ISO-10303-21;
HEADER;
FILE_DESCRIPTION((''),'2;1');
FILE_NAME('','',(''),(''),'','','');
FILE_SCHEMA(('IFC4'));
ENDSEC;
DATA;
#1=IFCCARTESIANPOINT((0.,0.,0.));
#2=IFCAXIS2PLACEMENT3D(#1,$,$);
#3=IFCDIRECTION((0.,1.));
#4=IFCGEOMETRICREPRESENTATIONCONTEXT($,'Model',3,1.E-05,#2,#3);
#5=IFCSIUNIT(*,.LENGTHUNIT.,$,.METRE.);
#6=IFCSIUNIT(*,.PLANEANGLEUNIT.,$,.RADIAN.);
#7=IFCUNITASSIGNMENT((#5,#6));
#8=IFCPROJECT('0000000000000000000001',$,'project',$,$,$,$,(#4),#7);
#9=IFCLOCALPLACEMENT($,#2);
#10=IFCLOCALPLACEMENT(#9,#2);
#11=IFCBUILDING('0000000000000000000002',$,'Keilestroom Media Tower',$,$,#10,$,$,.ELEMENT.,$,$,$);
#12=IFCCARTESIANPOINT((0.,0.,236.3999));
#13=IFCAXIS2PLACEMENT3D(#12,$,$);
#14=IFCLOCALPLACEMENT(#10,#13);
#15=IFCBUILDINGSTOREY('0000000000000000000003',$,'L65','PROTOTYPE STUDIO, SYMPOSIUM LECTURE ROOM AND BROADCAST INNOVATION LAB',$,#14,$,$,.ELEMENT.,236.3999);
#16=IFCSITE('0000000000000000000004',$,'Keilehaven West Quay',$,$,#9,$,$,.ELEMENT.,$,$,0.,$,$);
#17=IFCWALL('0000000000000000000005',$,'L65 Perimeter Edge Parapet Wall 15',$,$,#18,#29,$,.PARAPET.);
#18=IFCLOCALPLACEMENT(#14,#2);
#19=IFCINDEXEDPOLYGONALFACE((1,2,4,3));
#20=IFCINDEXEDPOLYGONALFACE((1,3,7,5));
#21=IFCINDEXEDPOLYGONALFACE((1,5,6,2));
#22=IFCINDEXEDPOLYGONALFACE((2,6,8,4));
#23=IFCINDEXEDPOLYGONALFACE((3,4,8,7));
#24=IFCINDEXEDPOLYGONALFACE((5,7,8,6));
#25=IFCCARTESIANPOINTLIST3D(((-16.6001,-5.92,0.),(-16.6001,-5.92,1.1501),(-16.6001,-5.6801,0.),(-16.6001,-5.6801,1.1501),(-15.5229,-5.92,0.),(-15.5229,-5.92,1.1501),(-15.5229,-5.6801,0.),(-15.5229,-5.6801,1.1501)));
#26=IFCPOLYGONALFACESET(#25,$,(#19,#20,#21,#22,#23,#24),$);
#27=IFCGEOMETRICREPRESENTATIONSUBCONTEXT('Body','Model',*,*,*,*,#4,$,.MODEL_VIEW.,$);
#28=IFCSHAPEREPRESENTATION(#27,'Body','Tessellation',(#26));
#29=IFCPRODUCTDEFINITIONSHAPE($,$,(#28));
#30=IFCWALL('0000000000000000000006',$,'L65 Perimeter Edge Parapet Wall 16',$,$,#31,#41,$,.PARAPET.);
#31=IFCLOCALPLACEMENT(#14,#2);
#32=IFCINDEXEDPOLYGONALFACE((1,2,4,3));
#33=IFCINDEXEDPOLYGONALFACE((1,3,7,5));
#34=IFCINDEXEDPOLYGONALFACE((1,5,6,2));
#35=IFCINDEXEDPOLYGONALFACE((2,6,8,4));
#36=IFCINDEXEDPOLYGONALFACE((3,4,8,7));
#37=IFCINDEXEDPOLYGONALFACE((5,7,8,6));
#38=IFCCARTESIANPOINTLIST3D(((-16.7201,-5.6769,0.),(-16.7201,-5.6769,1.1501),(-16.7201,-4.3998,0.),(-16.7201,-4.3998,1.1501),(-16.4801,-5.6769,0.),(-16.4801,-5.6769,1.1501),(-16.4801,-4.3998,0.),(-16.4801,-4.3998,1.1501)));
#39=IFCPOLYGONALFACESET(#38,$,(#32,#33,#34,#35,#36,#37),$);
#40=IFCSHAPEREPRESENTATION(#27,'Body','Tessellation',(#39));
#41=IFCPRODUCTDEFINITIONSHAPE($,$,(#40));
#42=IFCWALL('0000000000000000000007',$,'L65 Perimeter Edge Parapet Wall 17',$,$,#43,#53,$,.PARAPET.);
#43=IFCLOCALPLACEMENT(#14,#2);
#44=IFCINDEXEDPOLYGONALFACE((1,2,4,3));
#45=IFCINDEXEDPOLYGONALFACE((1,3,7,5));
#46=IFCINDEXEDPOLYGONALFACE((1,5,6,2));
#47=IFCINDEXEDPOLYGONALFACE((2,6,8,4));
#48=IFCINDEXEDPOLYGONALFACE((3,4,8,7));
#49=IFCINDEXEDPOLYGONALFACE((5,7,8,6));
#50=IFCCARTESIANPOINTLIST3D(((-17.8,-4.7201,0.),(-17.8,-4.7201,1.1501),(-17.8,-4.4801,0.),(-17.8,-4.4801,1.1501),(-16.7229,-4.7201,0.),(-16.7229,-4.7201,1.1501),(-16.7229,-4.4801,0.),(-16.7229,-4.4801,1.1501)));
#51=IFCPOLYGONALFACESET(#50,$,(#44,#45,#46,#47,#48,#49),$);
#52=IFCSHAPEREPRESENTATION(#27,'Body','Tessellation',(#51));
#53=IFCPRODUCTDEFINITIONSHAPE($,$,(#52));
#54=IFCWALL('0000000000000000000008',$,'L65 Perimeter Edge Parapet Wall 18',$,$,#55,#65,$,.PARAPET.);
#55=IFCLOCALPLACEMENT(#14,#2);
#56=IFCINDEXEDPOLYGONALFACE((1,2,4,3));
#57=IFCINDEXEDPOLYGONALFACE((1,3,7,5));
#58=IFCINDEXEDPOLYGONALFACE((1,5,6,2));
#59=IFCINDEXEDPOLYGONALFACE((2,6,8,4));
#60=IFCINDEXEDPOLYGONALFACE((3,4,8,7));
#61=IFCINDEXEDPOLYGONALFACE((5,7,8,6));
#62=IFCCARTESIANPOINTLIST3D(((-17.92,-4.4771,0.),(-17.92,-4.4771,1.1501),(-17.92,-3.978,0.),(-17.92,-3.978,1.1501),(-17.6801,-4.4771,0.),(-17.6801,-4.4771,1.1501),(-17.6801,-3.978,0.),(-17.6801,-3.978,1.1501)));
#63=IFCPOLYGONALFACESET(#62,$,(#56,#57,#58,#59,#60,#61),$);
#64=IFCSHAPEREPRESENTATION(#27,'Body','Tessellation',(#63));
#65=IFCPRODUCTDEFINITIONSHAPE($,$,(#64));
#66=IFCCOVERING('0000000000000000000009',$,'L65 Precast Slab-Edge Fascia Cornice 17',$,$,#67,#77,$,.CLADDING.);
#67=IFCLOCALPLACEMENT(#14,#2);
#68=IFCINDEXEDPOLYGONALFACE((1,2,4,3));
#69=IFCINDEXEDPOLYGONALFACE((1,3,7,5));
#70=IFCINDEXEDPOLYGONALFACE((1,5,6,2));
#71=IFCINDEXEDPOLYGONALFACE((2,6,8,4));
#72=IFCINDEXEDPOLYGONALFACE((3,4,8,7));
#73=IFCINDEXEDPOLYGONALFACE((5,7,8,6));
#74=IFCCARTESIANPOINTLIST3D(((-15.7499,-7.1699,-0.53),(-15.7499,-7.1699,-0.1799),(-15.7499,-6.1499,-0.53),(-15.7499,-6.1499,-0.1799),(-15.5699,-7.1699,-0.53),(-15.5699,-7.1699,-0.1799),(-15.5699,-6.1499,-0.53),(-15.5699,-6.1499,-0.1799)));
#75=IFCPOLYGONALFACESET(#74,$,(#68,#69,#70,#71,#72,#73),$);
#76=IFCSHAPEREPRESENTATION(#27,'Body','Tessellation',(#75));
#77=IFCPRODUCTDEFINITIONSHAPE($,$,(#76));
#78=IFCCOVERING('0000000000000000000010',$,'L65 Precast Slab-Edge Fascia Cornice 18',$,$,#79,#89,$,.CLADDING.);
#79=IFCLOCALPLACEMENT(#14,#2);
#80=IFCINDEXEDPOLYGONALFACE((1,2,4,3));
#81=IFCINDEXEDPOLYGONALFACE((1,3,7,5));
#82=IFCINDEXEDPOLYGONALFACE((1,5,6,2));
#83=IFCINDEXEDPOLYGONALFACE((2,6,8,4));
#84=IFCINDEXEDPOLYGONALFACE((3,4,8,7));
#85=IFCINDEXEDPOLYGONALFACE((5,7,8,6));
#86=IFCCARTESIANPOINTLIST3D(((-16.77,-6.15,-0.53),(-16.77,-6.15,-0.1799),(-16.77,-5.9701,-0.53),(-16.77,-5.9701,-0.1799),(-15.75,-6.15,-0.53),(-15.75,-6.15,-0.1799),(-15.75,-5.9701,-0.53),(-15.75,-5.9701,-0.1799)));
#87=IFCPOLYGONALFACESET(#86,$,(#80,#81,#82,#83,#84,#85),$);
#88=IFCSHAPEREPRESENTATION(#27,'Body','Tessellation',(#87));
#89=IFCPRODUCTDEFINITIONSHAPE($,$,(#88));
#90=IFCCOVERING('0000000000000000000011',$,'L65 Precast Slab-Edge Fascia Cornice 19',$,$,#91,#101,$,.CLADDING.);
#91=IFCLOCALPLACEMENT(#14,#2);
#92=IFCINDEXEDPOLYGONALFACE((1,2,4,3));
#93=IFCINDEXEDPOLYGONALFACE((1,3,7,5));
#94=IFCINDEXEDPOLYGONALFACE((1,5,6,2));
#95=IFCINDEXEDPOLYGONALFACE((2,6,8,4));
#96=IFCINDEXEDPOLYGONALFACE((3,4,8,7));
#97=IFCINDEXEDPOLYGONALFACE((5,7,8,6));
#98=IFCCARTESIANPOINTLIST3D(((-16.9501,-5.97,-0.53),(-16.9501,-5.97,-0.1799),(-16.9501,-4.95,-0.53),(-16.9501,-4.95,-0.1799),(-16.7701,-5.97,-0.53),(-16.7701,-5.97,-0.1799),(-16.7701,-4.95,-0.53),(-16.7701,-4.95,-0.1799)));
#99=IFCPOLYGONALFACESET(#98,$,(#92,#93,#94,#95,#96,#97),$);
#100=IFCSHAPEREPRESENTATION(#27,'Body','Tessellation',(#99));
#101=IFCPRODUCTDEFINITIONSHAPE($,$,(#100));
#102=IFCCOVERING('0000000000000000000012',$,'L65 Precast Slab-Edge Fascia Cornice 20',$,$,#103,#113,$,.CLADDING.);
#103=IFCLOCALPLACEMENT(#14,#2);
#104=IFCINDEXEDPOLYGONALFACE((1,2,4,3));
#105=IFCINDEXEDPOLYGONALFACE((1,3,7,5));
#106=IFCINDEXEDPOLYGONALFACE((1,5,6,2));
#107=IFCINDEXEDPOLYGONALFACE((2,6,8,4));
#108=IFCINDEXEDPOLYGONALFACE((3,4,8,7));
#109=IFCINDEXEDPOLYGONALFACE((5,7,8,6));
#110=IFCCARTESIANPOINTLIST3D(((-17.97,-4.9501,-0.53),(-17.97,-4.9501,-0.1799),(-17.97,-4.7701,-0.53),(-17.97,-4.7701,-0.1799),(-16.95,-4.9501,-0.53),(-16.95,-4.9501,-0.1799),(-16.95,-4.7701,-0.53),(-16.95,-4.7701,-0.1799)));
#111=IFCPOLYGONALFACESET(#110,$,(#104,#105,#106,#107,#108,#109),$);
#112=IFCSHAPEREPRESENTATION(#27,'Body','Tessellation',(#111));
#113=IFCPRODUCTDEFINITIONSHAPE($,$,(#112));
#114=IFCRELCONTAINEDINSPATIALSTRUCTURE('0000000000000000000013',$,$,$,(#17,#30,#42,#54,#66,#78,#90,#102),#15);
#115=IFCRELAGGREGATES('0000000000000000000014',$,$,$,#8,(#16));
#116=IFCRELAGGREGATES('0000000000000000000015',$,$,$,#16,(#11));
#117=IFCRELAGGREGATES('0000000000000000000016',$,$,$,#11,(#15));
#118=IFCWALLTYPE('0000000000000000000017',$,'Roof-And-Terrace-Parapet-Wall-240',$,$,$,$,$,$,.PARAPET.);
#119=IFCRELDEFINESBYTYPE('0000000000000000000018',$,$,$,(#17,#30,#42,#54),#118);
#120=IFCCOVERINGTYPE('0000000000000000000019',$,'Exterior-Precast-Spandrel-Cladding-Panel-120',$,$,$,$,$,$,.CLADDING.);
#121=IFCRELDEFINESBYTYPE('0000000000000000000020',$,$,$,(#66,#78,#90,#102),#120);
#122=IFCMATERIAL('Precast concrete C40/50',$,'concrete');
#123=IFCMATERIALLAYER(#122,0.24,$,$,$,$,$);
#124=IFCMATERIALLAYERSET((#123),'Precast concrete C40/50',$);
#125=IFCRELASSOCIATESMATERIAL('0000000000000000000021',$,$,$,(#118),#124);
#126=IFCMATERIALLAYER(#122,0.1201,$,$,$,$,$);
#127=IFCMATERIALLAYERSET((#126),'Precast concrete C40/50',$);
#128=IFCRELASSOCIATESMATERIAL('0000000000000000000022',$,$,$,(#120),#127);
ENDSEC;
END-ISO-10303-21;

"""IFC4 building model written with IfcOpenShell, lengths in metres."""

from ifc_helpers import new_model, si_unit, direction, frame, frame_2d, origin, origin_2d, place, context, subcontext, project, spatial, rectangle, extrude, source, transform, mapped, material, layer, layer_set, type_object, element, save


model = new_model("IFC4")

# Units and contexts
model_context = context("Model", 3, precision=1e-05, world=origin(), true_north=direction((0.0, 1.0)))
body_context = subcontext(model_context, "Body", "Model", "MODEL_VIEW")
ifc_project = project(units=[si_unit("LENGTHUNIT", "METRE"), si_unit("PLANEANGLEUNIT", "RADIAN")], contexts=[model_context])

# Site, building, storey
site_placement = place(None, origin())
site = spatial("IfcSite", under=ifc_project, at=site_placement, Name="Keilehaven West Quay", CompositionType="ELEMENT", RefElevation=0.0)
building_placement = place(site_placement, origin())
building = spatial("IfcBuilding", under=site, at=building_placement, Name="Keilestroom Media Tower", CompositionType="ELEMENT")
storey_placement = place(building_placement, frame((0.0, 0.0, 236.3999)))
storey = spatial("IfcBuildingStorey", under=building, at=storey_placement, Name="L65", Description="PROTOTYPE STUDIO, SYMPOSIUM LECTURE ROOM AND BROADCAST INNOVATION LAB", CompositionType="ELEMENT", Elevation=236.3999)

# Shared definitions
ifc_material_1 = material(Name="Precast concrete C40/50", Category="concrete")

# Walls
ifc_layer_1 = layer(ifc_material_1, 0.24)
ifc_layer_set_1 = layer_set([ifc_layer_1], Name="Precast concrete C40/50")
wall_type = type_object("IfcWallType", Name="Roof-And-Terrace-Parapet-Wall-240", PredefinedType="PARAPET", material=ifc_layer_set_1)
wall_1_placement = place(storey_placement, frame((-15.5229, -5.8, 0.0), z_axis=(0.0, 0.0, 1.0), x_axis=(-1.0, 0.0, 0.0)))
element("IfcWall", 1, at=wall_1_placement, inside=storey, type_object=wall_type, Name="L65 Perimeter Edge Parapet Wall 15", PredefinedType="PARAPET", context=body_context, shape_type="SweptSolid", body=[
    extrude(rectangle(XDim=1.0771, YDim=0.24, at=frame_2d((0.5386, 0.0))), origin(), (0.0, 0.0, 1.0), 1.1501),
])
wall_2_placement = place(storey_placement, frame((-16.6001, -5.677, 0.0), z_axis=(0.0, 0.0, 1.0), x_axis=(0.0, 1.0, 0.0)))
element("IfcWall", 2, at=wall_2_placement, inside=storey, type_object=wall_type, Name="L65 Perimeter Edge Parapet Wall 16", PredefinedType="PARAPET", context=body_context, shape_type="SweptSolid", body=[
    extrude(rectangle(XDim=1.2771, YDim=0.24, at=frame_2d((0.6387, 0.0))), origin(), (0.0, 0.0, 1.0), 1.1501),
])
wall_3_placement = place(storey_placement, frame((-16.7229, -4.6001, 0.0), z_axis=(0.0, 0.0, 1.0), x_axis=(-1.0, 0.0, 0.0)))
element("IfcWall", 3, at=wall_3_placement, inside=storey, type_object=wall_type, Name="L65 Perimeter Edge Parapet Wall 17", PredefinedType="PARAPET", context=body_context, shape_type="SweptSolid", body=[
    extrude(rectangle(XDim=1.0771, YDim=0.24, at=frame_2d((0.5386, 0.0))), origin(), (0.0, 0.0, 1.0), 1.1501),
])
wall_4_placement = place(storey_placement, frame((-17.8, -4.4771, 0.0), z_axis=(0.0, 0.0, 1.0), x_axis=(0.0, 1.0, 0.0)))
element("IfcWall", 4, at=wall_4_placement, inside=storey, type_object=wall_type, Name="L65 Perimeter Edge Parapet Wall 18", PredefinedType="PARAPET", context=body_context, shape_type="SweptSolid", body=[
    extrude(rectangle(XDim=0.499, YDim=0.24, at=frame_2d((0.2495, 0.0))), origin(), (0.0, 0.0, 1.0), 1.1501),
])

# Coverings
ifc_layer_2 = layer(ifc_material_1, 0.1201)
ifc_layer_set_2 = layer_set([ifc_layer_2], Name="Precast concrete C40/50")
covering_type = type_object("IfcCoveringType", Name="Exterior-Precast-Spandrel-Cladding-Panel-120", PredefinedType="CLADDING", material=ifc_layer_set_2)
shared_shape_1 = source(origin(), body_context, "Body", "SweptSolid", [
    extrude(rectangle(XDim=1.02, YDim=0.1799, at=origin_2d()), origin(), (0.0, 0.0, 1.0), 0.3501),
])
for number, where, z_axis, x_axis, name in (
    (5, (-15.6599, -6.6599, -0.53), (0.0, 0.0, 1.0), (0.0, 1.0, 0.0), "L65 Precast Slab-Edge Fascia Cornice 17"),
    (6, (-16.26, -6.0601, -0.53), (0.0, 0.0, 1.0), (-1.0, 0.0, 0.0), "L65 Precast Slab-Edge Fascia Cornice 18"),
    (7, (-16.8601, -5.46, -0.53), (0.0, 0.0, 1.0), (0.0, 1.0, 0.0), "L65 Precast Slab-Edge Fascia Cornice 19"),
    (8, (-17.46, -4.8601, -0.53), (0.0, 0.0, 1.0), (-1.0, 0.0, 0.0), "L65 Precast Slab-Edge Fascia Cornice 20"),
):
    element("IfcCovering", number, at=place(storey_placement, frame(where, z_axis=z_axis, x_axis=x_axis)), inside=storey, type_object=covering_type, Name=name, PredefinedType="CLADDING", context=body_context, shape_type="MappedRepresentation", body=[
        mapped(shared_shape_1, transform((0.0, 0.0, 0.0), x_axis=(1.0, 0.0, 0.0), y_axis=(0.0, 1.0, 0.0), z_axis=(0.0, 0.0, 1.0), scale=1.0)),
    ])

save(model, "model.ifc")
